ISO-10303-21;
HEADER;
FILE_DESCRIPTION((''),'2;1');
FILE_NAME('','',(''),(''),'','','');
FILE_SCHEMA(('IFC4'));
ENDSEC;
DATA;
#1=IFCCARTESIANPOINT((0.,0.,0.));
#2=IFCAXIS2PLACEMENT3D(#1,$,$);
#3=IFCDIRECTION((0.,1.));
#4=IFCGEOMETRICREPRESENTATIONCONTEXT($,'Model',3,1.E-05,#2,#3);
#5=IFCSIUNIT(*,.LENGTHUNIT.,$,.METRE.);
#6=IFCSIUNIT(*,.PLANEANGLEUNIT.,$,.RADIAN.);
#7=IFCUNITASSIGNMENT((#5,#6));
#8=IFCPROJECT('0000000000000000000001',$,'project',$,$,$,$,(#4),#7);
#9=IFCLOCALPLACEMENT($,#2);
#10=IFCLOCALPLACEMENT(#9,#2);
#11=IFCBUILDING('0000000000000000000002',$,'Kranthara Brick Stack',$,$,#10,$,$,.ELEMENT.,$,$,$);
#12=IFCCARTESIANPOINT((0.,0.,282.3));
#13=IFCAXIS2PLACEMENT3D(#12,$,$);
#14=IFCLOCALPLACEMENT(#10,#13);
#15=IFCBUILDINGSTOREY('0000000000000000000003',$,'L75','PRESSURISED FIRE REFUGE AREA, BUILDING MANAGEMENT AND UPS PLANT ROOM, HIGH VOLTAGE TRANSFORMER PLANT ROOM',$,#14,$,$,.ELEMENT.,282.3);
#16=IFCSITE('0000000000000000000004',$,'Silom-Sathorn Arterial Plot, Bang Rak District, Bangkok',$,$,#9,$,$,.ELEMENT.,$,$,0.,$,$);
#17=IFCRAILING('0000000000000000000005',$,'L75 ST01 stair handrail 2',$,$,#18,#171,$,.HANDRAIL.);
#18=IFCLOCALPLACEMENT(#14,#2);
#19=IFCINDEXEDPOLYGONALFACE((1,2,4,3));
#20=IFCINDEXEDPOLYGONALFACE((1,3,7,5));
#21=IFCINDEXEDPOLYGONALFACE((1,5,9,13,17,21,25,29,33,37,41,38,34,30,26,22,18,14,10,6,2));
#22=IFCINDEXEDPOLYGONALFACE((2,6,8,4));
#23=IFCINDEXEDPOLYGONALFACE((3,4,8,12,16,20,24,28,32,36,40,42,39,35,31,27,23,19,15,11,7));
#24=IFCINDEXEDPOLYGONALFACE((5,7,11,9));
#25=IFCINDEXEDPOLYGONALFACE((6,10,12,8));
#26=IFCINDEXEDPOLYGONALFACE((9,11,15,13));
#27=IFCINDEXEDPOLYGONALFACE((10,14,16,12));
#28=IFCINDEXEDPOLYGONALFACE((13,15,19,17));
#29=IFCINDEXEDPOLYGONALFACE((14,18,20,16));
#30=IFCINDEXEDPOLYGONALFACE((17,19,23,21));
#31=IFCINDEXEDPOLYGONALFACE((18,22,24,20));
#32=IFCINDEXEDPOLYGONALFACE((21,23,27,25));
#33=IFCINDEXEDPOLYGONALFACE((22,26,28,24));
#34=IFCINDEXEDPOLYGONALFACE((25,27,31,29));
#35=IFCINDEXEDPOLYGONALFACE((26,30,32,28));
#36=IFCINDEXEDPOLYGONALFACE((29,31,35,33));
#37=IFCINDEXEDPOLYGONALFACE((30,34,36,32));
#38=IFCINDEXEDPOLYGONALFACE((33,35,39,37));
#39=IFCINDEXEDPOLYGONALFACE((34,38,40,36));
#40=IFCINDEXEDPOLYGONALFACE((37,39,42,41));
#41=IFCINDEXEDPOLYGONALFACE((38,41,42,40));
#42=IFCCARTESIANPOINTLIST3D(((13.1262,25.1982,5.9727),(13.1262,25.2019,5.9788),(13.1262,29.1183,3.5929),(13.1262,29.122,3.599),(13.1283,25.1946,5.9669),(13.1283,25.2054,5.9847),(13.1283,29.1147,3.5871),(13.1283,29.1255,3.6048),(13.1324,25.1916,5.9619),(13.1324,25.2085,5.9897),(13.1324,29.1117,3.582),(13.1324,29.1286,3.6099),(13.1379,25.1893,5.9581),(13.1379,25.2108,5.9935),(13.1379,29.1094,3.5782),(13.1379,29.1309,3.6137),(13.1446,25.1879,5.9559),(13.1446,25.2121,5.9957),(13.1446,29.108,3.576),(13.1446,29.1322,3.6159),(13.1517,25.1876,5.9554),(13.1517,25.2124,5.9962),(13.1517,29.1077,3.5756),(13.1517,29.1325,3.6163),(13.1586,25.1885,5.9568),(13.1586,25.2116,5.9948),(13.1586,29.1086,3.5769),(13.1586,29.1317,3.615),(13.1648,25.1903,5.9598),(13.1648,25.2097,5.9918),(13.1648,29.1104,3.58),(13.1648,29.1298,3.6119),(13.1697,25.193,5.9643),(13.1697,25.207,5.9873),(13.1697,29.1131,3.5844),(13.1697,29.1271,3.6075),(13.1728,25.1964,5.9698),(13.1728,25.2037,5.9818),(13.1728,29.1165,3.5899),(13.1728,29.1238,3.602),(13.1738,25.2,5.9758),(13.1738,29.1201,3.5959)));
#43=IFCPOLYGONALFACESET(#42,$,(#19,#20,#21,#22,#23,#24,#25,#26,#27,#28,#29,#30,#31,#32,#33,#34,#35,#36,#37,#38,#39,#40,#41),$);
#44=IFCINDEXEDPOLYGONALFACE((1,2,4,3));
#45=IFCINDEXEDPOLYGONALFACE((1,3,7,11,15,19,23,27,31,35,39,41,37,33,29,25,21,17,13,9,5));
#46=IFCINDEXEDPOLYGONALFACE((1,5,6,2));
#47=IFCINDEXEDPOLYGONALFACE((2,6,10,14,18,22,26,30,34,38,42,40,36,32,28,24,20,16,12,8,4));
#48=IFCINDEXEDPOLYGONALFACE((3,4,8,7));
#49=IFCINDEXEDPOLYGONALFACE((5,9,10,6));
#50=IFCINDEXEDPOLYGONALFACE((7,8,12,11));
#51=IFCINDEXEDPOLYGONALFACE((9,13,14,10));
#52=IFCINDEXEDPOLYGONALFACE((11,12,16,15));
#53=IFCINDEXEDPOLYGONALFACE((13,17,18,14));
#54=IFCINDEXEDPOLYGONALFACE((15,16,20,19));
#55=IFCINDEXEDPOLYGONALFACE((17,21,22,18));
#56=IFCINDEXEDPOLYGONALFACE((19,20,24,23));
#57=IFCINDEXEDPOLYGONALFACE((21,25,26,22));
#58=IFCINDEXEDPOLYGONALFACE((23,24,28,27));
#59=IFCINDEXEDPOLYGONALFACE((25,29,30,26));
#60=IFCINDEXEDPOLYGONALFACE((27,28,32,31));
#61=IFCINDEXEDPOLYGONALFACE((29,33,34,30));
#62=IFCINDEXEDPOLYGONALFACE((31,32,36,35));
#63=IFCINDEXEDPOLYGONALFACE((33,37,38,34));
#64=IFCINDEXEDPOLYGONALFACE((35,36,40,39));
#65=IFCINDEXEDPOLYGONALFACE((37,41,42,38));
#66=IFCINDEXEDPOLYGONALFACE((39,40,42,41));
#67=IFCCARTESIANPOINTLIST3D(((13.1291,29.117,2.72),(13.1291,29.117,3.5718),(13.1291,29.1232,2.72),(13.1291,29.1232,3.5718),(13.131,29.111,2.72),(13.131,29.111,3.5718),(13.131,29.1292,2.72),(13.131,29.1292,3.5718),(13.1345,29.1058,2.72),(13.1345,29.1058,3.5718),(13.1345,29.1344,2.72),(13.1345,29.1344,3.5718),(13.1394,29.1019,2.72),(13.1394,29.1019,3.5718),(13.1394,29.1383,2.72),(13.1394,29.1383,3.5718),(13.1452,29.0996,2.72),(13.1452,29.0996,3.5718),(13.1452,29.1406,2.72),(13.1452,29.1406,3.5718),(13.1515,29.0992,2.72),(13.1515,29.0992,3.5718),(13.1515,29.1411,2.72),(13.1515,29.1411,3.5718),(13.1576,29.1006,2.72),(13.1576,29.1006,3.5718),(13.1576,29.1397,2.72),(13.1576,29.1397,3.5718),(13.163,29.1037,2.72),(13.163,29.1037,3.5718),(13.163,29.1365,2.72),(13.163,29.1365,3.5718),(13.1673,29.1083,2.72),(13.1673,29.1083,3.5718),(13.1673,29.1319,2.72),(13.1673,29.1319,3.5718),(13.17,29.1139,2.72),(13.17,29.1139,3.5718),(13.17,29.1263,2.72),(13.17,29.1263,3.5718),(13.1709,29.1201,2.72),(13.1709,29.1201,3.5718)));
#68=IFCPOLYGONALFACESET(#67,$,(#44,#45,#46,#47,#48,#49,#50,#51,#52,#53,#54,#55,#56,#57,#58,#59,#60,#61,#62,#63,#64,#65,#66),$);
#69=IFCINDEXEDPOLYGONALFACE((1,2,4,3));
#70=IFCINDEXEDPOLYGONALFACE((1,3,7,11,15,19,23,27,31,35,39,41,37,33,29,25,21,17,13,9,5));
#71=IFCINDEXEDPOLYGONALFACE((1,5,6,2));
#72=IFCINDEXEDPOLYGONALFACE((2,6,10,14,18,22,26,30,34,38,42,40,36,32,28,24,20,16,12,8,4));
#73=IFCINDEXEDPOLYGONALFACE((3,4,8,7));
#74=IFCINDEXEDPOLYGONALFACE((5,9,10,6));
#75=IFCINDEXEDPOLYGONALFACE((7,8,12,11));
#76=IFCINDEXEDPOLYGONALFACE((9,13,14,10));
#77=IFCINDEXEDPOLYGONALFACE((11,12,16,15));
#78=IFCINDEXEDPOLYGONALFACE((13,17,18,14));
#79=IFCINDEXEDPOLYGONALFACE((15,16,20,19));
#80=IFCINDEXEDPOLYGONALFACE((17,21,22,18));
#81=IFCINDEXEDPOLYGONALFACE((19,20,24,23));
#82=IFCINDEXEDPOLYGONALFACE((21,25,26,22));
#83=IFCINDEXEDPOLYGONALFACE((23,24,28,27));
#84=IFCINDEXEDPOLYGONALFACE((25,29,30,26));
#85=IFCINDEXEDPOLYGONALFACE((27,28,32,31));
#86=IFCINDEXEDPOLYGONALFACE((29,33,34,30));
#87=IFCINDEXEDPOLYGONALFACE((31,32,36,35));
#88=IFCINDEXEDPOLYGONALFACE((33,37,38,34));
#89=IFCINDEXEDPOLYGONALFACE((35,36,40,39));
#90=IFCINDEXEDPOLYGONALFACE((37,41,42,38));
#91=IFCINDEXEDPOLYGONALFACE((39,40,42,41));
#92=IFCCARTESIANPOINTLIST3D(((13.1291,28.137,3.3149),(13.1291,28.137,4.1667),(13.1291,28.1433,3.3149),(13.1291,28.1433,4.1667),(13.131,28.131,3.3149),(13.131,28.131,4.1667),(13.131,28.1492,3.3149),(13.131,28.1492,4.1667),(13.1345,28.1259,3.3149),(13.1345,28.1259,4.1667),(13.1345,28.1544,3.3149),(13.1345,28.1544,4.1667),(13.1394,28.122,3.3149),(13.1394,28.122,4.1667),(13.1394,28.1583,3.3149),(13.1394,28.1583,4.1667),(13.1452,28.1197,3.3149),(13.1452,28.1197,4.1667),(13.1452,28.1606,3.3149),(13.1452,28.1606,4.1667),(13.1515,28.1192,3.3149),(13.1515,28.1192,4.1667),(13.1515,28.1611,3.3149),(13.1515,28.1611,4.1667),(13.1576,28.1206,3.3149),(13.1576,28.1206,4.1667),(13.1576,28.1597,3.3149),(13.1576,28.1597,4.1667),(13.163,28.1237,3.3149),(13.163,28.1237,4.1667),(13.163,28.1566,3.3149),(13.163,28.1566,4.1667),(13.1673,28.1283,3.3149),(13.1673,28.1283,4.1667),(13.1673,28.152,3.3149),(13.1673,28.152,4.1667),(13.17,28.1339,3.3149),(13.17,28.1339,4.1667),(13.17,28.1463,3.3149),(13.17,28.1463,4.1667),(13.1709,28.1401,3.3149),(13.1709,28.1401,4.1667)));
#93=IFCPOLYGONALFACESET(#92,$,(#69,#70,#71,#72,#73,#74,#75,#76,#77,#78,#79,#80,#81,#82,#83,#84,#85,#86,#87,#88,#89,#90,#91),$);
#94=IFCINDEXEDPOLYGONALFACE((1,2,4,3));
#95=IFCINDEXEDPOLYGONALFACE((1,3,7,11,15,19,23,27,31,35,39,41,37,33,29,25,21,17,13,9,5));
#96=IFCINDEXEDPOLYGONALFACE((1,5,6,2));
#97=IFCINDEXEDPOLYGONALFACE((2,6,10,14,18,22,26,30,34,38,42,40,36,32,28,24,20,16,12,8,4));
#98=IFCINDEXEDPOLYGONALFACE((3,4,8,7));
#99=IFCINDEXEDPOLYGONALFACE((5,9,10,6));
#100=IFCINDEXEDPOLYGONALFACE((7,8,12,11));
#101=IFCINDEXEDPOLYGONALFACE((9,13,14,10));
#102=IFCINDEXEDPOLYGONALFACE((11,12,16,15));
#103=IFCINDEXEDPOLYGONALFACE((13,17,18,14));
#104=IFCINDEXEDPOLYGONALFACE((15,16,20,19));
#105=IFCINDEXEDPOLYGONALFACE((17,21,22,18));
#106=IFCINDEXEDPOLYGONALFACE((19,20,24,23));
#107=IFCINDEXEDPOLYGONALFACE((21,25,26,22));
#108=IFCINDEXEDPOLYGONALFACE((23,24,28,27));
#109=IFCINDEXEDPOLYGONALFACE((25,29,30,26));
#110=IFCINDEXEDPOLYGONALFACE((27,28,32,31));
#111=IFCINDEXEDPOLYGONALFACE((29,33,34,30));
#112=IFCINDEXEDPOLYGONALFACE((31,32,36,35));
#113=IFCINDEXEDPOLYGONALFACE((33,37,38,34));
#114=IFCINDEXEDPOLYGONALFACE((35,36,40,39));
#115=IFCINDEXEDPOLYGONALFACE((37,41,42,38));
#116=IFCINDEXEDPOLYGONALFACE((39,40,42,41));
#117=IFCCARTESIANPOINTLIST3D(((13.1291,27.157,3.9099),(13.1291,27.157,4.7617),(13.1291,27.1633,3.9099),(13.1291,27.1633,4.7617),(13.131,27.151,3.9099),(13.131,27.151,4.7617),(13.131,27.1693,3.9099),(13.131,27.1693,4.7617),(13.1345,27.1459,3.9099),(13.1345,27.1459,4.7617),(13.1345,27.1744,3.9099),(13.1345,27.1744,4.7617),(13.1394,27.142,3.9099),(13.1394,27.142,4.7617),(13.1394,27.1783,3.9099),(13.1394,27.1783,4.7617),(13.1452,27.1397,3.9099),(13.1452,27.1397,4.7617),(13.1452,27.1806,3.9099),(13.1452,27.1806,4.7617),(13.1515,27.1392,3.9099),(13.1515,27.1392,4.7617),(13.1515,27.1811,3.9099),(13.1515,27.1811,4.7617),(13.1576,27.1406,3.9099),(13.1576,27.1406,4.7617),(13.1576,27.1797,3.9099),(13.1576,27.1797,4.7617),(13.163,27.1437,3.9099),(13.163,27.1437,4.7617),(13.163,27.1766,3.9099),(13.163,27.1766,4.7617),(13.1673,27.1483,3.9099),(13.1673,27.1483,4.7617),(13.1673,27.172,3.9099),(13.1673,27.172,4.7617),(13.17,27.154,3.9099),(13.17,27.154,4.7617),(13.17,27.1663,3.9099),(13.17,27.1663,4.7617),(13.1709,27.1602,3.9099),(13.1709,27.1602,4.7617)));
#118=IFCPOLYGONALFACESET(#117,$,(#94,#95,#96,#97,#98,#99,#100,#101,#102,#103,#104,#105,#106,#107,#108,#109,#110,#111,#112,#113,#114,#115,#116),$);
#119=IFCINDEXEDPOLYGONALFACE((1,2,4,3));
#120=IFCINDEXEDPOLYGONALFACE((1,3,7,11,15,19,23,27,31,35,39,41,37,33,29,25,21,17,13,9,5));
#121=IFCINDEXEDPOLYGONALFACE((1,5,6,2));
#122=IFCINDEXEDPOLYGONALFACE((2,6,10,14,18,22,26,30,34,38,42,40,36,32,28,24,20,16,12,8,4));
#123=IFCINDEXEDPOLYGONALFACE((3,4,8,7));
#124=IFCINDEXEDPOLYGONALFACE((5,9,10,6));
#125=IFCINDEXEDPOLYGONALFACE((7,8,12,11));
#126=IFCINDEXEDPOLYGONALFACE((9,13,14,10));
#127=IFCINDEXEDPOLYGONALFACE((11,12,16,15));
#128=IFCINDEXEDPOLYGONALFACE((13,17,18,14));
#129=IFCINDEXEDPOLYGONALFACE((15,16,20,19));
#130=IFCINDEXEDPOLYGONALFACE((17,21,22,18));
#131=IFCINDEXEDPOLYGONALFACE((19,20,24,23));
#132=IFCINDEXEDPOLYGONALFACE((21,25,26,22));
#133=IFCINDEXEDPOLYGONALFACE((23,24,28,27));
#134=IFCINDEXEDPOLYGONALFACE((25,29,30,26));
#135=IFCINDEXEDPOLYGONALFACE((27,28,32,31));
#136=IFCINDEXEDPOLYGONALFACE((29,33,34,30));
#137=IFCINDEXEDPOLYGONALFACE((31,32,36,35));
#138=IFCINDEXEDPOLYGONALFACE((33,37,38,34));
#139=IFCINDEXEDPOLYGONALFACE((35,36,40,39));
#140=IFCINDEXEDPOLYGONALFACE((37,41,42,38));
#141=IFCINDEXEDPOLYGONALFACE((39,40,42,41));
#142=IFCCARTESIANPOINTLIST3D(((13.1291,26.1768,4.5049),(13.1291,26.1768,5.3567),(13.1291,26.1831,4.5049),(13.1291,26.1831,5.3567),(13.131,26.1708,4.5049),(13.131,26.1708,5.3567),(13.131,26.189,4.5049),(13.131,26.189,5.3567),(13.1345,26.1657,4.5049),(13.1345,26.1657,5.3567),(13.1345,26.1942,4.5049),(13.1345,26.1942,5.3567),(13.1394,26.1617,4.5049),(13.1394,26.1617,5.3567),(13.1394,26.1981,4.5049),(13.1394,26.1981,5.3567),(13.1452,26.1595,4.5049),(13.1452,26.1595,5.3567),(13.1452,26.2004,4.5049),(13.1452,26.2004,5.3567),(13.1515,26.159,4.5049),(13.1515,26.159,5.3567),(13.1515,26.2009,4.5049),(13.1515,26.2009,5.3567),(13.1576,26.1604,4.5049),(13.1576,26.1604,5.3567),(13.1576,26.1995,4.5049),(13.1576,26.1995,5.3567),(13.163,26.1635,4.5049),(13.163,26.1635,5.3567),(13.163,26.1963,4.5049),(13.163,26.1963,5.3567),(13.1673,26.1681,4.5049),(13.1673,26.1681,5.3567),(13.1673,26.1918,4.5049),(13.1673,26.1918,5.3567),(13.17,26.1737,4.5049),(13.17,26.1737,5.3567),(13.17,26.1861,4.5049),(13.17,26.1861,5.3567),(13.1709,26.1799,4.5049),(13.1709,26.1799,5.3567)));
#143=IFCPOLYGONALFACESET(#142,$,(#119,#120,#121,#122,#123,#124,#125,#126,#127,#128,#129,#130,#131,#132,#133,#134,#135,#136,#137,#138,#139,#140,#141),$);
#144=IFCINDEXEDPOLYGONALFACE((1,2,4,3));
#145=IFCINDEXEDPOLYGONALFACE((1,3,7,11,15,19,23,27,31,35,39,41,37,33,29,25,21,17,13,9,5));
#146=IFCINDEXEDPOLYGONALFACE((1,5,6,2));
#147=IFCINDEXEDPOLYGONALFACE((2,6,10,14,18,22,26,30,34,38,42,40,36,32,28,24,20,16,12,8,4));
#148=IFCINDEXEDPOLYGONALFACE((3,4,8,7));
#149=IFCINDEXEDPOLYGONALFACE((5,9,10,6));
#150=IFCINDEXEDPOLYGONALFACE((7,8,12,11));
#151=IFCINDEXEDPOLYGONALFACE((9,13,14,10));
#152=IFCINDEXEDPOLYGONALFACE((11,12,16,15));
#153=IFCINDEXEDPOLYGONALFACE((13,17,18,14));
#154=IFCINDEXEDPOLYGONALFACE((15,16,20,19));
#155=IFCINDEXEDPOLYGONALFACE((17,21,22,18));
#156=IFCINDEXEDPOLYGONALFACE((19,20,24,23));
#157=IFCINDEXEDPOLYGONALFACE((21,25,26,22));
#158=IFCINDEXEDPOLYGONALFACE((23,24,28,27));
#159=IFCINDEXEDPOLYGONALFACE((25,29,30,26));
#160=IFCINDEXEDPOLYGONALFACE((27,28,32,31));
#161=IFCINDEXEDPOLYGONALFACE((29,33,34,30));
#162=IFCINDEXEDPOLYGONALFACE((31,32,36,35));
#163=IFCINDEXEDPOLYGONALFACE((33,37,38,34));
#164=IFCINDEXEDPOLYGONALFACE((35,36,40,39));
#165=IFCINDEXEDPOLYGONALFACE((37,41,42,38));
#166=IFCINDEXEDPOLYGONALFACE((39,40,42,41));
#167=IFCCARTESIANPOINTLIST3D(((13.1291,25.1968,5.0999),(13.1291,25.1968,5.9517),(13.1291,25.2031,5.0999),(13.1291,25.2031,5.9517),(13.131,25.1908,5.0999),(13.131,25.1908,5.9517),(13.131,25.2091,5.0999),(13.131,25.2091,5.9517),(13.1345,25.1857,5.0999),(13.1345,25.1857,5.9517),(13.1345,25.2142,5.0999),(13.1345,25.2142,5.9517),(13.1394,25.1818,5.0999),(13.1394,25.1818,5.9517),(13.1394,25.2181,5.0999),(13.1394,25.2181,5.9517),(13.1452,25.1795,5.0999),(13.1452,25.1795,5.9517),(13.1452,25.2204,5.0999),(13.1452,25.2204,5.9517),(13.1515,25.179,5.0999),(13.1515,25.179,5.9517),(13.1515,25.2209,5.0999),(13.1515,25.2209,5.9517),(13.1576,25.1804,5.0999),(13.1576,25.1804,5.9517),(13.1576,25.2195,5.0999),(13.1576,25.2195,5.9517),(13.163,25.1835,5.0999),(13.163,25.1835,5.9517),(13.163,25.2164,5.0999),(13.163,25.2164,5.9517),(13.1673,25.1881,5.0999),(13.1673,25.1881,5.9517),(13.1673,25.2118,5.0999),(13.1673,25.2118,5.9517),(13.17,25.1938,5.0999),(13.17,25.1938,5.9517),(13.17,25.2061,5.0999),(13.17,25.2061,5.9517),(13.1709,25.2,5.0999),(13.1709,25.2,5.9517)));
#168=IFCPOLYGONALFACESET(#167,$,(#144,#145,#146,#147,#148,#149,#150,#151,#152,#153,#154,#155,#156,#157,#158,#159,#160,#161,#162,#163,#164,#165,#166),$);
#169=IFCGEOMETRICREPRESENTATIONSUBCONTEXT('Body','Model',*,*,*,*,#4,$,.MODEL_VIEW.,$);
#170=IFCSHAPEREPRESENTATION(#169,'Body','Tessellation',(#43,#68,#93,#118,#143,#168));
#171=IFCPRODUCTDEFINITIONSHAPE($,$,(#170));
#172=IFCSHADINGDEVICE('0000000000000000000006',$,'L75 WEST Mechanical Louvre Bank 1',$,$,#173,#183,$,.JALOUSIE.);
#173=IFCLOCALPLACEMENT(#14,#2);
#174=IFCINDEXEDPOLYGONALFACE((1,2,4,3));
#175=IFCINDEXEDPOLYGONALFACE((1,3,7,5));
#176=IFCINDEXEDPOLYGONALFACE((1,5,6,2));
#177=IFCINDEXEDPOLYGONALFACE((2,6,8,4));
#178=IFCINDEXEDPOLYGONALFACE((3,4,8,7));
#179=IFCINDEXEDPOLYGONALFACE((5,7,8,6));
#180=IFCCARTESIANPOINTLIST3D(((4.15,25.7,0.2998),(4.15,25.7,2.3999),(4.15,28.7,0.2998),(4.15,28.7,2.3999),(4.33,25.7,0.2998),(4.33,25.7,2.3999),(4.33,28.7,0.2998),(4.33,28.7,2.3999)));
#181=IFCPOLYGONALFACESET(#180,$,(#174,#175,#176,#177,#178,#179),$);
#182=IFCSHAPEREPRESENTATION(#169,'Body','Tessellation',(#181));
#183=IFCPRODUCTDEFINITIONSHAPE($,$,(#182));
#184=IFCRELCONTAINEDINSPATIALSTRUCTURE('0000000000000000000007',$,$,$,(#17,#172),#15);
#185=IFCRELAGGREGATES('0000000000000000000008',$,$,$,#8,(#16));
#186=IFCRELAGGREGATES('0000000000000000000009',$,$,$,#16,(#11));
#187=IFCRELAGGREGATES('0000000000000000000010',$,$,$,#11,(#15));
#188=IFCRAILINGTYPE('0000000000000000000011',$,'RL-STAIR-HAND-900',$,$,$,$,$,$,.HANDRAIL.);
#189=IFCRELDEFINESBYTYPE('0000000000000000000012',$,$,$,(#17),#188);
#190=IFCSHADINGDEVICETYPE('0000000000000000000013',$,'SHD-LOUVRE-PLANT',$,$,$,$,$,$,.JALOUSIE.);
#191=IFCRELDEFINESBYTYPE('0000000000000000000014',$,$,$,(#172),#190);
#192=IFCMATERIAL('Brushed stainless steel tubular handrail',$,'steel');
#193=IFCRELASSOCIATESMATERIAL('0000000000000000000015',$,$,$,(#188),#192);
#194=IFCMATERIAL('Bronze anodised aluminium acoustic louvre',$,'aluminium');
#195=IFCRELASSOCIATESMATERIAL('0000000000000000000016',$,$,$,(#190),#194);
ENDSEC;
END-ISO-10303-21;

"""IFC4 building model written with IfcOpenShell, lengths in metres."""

from ifc_helpers import new_model, si_unit, direction, frame, origin, origin_2d, place, context, subcontext, project, spatial, rectangle, circle, extrude, material, type_object, element, save


model = new_model("IFC4")

# Units and contexts
model_context = context("Model", 3, precision=1e-05, world=origin(), true_north=direction((0.0, 1.0)))
body_context = subcontext(model_context, "Body", "Model", "MODEL_VIEW")
ifc_project = project(units=[si_unit("LENGTHUNIT", "METRE"), si_unit("PLANEANGLEUNIT", "RADIAN")], contexts=[model_context])

# Site, building, storey
site_placement = place(None, origin())
site = spatial("IfcSite", under=ifc_project, at=site_placement, Name="Silom-Sathorn Arterial Plot, Bang Rak District, Bangkok", CompositionType="ELEMENT", RefElevation=0.0)
building_placement = place(site_placement, origin())
building = spatial("IfcBuilding", under=site, at=building_placement, Name="Kranthara Brick Stack", CompositionType="ELEMENT")
storey_placement = place(building_placement, frame((0.0, 0.0, 282.3)))
storey = spatial("IfcBuildingStorey", under=building, at=storey_placement, Name="L75", Description="PRESSURISED FIRE REFUGE AREA, BUILDING MANAGEMENT AND UPS PLANT ROOM, HIGH VOLTAGE TRANSFORMER PLANT ROOM", CompositionType="ELEMENT", Elevation=282.3)

# Railing
ifc_material_1 = material(Name="Brushed stainless steel tubular handrail", Category="steel")
railing_type_1 = type_object("IfcRailingType", Name="RL-STAIR-HAND-900", PredefinedType="HANDRAIL", material=ifc_material_1)
railing_1_placement = place(storey_placement, frame((13.1499, 29.1201, 2.72)))
element("IfcRailing", 1, at=railing_1_placement, inside=storey, type_object=railing_type_1, Name="L75 ST01 stair handrail 2", PredefinedType="HANDRAIL", context=body_context, shape_type="SweptSolid", body=[
    extrude(circle(Radius=0.0239, at=origin_2d()), frame((0.0, 0.0, 0.876), z_axis=(0.0, -0.854809, 0.518943), x_axis=(1.0, 0.0, 0.0)), (0.0, 0.0, 1.0), 4.5859),
    extrude(circle(Radius=0.021, at=origin_2d()), origin(), (0.0, 0.0, 1.0), 0.8518),
    extrude(circle(Radius=0.021, at=origin_2d()), frame((0.0, -0.98, 0.595)), (0.0, 0.0, 1.0), 0.8518),
    extrude(circle(Radius=0.021, at=origin_2d()), frame((0.0, -1.96, 1.1899)), (0.0, 0.0, 1.0), 0.8518),
    extrude(circle(Radius=0.021, at=origin_2d()), frame((0.0, -2.9402, 1.7849)), (0.0, 0.0, 1.0), 0.8518),
    extrude(circle(Radius=0.021, at=origin_2d()), frame((0.0, -3.9202, 2.3799)), (0.0, 0.0, 1.0), 0.8518),
])

# Shading device
ifc_material_2 = material(Name="Bronze anodised aluminium acoustic louvre", Category="aluminium")
shading_device_type = type_object("IfcShadingDeviceType", Name="SHD-LOUVRE-PLANT", PredefinedType="JALOUSIE", material=ifc_material_2)
shading_device_placement = place(storey_placement, frame((4.24, 27.2, 0.2998), z_axis=(0.0, 0.0, 1.0), x_axis=(0.0, 1.0, 0.0)))
element("IfcShadingDevice", 2, at=shading_device_placement, inside=storey, type_object=shading_device_type, Name="L75 WEST Mechanical Louvre Bank 1", PredefinedType="JALOUSIE", context=body_context, shape_type="SweptSolid", body=[
    extrude(rectangle(XDim=3.0, YDim=0.1799, at=origin_2d()), origin(), (0.0, 0.0, 1.0), 2.1001),
])

save(model, "model.ifc")
